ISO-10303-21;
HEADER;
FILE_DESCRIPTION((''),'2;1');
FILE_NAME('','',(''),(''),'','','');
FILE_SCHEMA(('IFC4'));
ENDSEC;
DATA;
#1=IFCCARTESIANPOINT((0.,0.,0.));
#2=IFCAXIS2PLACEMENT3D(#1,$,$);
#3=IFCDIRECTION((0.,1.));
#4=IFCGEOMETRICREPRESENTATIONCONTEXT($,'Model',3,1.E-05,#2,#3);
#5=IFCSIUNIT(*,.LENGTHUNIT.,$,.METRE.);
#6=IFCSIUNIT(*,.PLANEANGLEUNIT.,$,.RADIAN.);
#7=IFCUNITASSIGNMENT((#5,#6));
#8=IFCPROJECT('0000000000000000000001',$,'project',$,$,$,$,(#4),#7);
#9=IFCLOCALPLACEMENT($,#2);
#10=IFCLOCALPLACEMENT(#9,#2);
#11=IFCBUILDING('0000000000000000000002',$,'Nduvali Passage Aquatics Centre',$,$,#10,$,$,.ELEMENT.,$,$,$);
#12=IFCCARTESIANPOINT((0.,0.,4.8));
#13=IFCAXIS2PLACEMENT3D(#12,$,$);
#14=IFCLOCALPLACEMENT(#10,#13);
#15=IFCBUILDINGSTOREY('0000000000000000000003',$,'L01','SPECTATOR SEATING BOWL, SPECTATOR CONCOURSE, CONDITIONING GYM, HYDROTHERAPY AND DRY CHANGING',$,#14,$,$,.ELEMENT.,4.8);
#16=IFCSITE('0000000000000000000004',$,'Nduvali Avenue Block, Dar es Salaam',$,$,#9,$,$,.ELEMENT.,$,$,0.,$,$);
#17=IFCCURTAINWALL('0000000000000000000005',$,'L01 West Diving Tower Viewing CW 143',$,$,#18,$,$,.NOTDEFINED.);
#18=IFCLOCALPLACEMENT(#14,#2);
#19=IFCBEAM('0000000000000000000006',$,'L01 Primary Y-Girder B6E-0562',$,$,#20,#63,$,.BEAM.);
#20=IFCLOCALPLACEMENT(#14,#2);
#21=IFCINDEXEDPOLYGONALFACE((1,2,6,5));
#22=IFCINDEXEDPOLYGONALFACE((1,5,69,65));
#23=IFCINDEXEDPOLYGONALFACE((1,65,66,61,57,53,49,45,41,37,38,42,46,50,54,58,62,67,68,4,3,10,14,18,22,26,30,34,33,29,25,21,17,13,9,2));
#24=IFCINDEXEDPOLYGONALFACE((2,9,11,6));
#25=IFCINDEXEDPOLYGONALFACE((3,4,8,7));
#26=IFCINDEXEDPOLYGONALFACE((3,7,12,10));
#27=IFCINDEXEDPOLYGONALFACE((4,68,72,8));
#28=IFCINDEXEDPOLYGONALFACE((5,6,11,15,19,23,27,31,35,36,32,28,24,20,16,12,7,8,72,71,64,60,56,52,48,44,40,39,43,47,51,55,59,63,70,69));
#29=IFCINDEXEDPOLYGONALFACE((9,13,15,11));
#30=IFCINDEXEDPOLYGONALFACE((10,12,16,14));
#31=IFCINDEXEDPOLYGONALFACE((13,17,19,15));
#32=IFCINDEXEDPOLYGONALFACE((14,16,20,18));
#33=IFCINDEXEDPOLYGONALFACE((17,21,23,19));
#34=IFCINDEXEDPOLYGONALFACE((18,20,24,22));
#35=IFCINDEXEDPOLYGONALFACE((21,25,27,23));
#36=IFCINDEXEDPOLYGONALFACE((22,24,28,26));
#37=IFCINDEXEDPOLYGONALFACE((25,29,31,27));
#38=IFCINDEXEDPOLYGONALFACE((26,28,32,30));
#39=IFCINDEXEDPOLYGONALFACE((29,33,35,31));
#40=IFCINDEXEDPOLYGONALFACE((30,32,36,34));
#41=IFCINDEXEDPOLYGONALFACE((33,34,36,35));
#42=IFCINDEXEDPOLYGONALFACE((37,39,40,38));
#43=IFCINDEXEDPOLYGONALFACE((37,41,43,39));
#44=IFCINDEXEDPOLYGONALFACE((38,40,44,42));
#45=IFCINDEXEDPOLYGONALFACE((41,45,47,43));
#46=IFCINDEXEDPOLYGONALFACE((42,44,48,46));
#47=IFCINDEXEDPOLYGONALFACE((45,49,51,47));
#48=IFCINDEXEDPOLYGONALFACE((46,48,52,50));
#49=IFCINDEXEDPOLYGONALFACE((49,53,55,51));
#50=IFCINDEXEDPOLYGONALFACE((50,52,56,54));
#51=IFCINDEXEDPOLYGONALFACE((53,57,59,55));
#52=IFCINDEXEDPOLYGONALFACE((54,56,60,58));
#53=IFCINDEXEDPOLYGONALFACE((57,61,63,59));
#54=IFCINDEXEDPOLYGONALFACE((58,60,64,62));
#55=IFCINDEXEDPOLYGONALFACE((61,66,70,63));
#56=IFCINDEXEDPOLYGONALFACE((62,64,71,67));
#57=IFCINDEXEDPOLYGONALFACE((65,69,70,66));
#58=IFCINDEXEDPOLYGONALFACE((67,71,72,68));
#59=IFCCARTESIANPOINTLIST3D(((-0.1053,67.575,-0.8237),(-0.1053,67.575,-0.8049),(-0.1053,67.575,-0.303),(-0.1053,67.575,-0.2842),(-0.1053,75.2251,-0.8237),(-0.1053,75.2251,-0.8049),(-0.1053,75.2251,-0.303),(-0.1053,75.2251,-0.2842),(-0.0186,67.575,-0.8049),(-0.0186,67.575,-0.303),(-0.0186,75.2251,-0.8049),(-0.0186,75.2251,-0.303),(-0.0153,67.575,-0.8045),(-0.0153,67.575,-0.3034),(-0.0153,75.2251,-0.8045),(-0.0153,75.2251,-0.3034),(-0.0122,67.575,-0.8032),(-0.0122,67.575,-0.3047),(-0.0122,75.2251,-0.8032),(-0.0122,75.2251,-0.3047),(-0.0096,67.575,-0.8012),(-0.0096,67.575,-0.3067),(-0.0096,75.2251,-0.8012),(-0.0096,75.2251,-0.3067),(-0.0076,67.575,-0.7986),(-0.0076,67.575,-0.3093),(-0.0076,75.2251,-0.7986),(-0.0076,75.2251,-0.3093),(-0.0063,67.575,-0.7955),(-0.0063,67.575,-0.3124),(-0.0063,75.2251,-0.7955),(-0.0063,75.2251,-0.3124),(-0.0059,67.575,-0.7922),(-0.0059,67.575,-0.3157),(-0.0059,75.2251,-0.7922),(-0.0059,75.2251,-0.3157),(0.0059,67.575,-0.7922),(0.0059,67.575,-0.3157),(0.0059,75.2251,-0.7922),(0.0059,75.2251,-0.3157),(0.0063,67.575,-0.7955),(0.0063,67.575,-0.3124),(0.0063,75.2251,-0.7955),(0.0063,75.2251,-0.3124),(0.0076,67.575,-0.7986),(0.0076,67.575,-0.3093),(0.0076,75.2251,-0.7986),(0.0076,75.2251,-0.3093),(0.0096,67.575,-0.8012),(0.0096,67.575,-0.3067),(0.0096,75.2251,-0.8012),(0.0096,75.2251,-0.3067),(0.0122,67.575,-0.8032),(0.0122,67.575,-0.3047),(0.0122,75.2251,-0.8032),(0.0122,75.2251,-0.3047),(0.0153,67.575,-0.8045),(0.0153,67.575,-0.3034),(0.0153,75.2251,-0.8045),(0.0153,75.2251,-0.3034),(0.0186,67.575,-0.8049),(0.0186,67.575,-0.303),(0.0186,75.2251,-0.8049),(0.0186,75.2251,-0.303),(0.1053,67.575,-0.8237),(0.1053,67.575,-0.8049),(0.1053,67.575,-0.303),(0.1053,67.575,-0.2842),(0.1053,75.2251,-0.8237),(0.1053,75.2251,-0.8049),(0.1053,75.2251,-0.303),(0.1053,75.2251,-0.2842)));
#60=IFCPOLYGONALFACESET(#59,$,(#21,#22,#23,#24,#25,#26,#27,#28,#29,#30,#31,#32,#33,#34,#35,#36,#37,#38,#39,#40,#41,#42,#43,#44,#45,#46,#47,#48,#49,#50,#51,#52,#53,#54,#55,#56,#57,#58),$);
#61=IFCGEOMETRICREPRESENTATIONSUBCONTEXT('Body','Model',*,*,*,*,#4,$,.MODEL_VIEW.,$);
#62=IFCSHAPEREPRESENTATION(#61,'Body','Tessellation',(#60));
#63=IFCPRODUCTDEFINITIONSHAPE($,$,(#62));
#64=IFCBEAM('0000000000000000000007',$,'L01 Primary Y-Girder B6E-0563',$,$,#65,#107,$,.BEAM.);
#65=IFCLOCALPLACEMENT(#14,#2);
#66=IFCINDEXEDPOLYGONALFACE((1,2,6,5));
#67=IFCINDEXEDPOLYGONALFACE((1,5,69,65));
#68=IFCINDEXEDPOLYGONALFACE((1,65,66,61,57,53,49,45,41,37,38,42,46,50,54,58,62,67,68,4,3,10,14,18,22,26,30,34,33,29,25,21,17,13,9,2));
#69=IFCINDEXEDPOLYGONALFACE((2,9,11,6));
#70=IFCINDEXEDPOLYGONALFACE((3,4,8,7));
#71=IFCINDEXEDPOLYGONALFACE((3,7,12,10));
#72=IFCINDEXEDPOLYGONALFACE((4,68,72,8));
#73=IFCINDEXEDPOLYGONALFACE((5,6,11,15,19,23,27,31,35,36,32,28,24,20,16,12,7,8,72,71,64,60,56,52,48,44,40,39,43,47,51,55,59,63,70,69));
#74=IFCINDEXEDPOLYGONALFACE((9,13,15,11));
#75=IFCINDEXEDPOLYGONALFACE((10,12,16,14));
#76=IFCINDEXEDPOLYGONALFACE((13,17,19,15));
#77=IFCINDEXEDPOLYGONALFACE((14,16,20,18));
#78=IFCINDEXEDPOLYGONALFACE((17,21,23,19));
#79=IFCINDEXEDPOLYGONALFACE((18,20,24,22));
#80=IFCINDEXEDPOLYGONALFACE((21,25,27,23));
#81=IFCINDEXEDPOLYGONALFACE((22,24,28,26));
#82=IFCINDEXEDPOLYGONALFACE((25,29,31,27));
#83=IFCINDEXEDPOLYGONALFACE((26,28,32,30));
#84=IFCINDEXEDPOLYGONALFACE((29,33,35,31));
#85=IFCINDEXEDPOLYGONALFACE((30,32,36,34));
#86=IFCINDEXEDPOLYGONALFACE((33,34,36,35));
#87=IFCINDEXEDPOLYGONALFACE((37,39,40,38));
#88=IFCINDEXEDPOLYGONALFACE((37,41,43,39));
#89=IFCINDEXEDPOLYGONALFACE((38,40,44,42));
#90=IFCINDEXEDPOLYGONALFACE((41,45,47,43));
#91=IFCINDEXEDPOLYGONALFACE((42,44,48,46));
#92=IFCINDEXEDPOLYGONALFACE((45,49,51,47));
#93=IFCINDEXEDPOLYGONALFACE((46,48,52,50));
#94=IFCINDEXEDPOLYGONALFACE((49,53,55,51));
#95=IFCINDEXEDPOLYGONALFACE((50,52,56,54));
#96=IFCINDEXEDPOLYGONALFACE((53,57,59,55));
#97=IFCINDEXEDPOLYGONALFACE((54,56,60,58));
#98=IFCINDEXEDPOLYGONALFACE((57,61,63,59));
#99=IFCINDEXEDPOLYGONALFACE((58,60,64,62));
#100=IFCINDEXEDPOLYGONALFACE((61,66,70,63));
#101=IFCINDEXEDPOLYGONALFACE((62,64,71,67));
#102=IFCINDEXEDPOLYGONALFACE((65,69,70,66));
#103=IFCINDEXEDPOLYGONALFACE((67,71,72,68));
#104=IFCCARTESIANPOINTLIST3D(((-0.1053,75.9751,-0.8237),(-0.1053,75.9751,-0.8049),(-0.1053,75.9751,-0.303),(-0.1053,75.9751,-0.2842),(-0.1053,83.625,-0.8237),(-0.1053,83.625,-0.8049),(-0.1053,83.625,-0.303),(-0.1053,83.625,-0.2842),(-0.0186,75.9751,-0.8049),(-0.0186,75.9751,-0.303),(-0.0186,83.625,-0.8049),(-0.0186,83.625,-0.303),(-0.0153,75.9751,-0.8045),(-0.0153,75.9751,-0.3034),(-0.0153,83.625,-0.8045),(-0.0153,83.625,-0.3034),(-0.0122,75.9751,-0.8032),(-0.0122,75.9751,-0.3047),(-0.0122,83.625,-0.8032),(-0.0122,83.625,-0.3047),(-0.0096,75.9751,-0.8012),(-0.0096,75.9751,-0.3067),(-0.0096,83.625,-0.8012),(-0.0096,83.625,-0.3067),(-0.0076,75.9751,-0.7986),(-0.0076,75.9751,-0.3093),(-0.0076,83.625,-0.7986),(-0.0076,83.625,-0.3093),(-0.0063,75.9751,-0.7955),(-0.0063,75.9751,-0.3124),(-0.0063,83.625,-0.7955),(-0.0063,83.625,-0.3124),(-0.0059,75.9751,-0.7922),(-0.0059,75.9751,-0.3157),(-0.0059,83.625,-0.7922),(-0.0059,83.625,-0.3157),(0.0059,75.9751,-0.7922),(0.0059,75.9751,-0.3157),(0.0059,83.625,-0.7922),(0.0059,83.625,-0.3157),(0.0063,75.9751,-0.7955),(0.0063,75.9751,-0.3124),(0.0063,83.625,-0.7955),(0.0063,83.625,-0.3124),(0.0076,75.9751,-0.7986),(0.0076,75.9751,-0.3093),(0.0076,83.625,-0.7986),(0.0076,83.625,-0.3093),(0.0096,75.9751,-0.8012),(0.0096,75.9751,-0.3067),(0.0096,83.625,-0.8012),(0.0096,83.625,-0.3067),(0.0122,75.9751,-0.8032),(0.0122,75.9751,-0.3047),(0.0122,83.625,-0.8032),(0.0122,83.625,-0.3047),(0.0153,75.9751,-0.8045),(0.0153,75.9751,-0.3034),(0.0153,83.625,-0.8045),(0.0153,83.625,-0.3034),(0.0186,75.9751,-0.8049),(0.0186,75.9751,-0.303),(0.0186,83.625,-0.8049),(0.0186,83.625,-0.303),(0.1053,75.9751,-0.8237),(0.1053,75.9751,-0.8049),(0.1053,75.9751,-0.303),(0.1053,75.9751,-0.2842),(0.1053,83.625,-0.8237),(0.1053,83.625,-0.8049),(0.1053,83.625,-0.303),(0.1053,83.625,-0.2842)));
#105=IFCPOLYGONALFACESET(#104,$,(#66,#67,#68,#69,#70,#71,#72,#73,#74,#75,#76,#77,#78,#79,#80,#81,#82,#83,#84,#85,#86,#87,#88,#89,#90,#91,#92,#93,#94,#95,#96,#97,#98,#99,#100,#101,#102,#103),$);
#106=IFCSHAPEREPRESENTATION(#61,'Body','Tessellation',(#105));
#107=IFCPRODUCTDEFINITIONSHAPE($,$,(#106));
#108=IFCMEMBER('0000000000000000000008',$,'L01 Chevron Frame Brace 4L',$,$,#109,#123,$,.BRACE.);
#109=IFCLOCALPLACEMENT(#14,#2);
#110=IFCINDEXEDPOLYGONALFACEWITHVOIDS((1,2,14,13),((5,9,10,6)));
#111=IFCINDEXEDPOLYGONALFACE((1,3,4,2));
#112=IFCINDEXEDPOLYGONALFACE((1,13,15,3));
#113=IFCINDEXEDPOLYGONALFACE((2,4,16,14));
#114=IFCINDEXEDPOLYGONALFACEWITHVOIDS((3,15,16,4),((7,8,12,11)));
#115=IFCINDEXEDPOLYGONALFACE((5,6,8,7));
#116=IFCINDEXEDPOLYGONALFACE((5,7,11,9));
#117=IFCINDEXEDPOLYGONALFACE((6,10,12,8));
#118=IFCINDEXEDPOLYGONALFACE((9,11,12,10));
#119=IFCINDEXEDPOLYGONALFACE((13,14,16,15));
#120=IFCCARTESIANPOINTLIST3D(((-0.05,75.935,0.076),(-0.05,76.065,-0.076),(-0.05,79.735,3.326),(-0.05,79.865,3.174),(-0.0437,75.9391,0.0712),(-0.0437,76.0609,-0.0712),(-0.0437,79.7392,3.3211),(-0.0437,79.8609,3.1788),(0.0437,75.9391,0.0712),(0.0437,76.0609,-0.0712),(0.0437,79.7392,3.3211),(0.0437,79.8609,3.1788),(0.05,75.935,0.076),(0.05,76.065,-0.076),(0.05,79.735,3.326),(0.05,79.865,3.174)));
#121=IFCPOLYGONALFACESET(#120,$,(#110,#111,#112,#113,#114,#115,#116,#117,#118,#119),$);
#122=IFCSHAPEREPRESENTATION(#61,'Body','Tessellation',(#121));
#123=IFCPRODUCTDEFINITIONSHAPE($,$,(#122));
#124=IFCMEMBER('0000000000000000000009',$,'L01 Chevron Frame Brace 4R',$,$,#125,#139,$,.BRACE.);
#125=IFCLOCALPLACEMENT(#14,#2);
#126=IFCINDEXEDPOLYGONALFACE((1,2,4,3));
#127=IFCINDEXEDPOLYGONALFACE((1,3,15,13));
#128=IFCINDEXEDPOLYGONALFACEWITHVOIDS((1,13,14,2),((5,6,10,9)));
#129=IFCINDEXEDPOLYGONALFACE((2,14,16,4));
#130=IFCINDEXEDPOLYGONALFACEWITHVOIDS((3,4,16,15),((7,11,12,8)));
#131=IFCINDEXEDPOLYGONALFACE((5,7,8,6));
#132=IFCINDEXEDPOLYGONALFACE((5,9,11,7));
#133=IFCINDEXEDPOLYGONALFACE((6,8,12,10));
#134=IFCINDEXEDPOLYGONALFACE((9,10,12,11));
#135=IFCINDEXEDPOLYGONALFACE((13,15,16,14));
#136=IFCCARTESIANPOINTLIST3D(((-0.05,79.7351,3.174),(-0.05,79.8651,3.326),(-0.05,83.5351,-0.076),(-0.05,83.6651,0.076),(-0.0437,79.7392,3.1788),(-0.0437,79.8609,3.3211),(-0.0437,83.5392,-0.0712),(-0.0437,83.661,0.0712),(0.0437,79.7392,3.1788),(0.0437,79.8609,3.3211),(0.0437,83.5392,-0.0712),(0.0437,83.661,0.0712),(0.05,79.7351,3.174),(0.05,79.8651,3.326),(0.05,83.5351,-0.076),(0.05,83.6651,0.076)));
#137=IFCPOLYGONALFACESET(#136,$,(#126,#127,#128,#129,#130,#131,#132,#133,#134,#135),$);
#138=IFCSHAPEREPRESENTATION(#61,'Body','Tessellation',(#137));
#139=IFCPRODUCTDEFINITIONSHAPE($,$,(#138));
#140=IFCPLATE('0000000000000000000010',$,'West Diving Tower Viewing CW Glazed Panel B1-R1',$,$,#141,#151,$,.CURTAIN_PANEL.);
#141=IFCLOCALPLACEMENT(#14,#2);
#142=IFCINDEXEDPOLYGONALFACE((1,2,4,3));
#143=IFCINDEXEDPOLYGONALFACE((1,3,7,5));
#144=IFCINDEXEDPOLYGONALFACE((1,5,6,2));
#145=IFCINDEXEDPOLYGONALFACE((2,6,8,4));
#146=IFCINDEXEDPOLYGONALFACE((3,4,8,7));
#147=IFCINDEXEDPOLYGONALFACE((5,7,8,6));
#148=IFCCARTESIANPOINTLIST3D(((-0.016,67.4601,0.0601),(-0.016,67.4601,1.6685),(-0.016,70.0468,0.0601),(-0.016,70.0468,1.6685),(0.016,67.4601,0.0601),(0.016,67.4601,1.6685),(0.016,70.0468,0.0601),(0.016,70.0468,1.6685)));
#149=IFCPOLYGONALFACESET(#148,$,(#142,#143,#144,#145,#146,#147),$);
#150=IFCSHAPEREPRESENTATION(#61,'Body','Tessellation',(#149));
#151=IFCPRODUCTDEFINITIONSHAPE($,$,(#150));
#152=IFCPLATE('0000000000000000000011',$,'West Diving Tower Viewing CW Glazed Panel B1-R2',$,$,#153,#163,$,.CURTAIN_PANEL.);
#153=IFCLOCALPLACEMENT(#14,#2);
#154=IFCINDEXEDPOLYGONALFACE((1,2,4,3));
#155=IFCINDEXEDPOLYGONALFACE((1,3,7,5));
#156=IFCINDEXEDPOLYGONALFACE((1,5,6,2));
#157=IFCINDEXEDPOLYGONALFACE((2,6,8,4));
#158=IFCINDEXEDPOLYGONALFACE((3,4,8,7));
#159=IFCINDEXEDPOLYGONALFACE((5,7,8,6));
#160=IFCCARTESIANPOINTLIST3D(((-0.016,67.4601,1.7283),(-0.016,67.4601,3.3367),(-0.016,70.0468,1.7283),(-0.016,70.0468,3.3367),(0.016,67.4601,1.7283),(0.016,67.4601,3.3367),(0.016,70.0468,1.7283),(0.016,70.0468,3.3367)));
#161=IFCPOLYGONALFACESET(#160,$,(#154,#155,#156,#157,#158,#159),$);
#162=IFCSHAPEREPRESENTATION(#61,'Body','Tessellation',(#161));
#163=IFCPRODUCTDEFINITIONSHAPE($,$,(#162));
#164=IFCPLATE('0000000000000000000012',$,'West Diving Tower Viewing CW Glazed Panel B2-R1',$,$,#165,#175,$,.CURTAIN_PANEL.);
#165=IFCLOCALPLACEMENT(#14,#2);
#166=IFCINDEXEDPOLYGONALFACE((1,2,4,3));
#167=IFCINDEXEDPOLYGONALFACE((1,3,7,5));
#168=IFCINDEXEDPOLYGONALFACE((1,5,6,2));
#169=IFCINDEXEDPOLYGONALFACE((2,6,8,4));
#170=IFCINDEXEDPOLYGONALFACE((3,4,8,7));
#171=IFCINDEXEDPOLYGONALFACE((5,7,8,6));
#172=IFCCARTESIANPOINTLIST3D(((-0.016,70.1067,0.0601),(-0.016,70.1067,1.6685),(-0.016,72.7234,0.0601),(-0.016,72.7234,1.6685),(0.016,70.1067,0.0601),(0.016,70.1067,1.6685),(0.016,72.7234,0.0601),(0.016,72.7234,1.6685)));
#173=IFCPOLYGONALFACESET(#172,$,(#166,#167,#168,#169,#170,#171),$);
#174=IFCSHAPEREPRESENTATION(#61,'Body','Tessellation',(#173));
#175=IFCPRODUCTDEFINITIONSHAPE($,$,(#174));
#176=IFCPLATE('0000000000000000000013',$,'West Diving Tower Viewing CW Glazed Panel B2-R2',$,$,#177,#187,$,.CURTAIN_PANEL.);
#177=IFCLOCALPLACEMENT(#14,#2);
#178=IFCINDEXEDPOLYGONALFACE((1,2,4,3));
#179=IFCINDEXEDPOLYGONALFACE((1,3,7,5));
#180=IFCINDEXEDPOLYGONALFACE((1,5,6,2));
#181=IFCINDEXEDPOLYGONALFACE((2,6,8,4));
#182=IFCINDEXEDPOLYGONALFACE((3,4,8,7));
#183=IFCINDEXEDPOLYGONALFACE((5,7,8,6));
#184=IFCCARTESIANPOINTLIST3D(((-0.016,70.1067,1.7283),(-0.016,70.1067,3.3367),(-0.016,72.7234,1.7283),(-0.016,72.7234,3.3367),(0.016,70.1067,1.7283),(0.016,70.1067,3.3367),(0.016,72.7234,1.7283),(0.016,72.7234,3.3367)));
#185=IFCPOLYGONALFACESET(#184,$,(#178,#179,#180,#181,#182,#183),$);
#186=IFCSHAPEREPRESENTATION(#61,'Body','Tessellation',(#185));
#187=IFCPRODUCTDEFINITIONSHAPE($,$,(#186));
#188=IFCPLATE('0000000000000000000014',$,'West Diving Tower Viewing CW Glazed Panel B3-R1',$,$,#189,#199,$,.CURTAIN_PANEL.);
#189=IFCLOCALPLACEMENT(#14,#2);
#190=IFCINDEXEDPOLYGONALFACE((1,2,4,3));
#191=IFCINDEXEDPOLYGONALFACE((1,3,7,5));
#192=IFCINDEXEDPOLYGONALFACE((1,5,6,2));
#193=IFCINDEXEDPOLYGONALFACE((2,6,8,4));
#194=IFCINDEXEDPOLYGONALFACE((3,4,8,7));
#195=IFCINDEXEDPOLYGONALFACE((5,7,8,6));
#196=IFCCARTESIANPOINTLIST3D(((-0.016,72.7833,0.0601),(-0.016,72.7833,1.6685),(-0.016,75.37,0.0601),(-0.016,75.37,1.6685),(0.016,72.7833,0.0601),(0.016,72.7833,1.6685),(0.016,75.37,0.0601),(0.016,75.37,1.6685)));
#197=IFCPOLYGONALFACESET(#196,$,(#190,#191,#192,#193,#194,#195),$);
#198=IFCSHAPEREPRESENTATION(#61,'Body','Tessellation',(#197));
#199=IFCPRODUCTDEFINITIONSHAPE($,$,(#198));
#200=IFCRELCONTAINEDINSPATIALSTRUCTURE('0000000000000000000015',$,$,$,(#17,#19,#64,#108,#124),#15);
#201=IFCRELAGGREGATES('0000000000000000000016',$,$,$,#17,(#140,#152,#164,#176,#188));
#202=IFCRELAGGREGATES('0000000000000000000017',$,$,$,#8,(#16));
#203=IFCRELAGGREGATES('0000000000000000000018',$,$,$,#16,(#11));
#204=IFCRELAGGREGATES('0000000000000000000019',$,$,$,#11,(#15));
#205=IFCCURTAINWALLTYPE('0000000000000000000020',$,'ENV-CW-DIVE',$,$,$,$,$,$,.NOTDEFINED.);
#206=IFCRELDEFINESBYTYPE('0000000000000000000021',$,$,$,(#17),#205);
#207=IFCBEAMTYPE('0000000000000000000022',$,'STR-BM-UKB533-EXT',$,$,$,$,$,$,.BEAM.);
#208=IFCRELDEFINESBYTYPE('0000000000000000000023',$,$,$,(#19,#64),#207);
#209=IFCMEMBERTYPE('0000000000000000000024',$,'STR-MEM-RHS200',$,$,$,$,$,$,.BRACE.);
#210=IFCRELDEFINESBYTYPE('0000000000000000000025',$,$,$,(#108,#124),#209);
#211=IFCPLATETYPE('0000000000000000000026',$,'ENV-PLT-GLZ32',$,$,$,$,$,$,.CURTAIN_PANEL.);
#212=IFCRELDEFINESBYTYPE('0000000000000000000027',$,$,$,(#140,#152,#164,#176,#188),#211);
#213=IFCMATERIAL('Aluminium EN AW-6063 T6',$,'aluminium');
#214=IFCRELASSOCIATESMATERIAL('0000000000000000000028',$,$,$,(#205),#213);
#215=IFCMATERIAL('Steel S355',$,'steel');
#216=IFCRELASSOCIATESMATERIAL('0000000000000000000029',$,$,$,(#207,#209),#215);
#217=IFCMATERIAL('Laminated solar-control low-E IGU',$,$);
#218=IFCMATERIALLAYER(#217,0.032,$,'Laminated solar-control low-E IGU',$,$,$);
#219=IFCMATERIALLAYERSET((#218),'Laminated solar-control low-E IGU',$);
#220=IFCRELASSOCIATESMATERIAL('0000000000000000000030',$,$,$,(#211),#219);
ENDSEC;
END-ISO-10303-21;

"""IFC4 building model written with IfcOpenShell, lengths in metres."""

from ifc_helpers import new_model, si_unit, direction, frame, origin, origin_2d, place, context, subcontext, project, spatial, rectangle, hollow_rectangle, i_section, extrude, material, layer, layer_set, material_profile, profile_set, type_object, element, aggregate, save


model = new_model("IFC4")

# Units and contexts
model_context = context("Model", 3, precision=1e-05, world=origin(), true_north=direction((0.0, 1.0)))
body_context = subcontext(model_context, "Body", "Model", "MODEL_VIEW")
ifc_project = project(units=[si_unit("LENGTHUNIT", "METRE"), si_unit("PLANEANGLEUNIT", "RADIAN")], contexts=[model_context])

# Site, building, storey
site_placement = place(None, origin())
site = spatial("IfcSite", under=ifc_project, at=site_placement, Name="Nduvali Avenue Block, Dar es Salaam", CompositionType="ELEMENT", RefElevation=0.0)
building_placement = place(site_placement, origin())
building = spatial("IfcBuilding", under=site, at=building_placement, Name="Nduvali Passage Aquatics Centre", CompositionType="ELEMENT")
storey_placement = place(building_placement, frame((0.0, 0.0, 4.8)))
storey = spatial("IfcBuildingStorey", under=building, at=storey_placement, Name="L01", Description="SPECTATOR SEATING BOWL, SPECTATOR CONCOURSE, CONDITIONING GYM, HYDROTHERAPY AND DRY CHANGING", CompositionType="ELEMENT", Elevation=4.8)

# Shared definitions
ifc_material_1 = material(Name="Steel S355", Category="steel")

# Shared definitions
ifc_material_2 = material(Name="Aluminium EN AW-6063 T6", Category="aluminium")
curtain_wall_type = type_object("IfcCurtainWallType", Name="ENV-CW-DIVE", PredefinedType="NOTDEFINED", material=ifc_material_2)

# Curtain wall
curtain_wall_1_placement = place(storey_placement, origin())
curtain_wall_1 = element("IfcCurtainWall", 1, at=curtain_wall_1_placement, inside=storey, type_object=curtain_wall_type, Name="L01 West Diving Tower Viewing CW 143", PredefinedType="NOTDEFINED")

# Beams
ifc_material_profile_1 = material_profile(ifc_material_1, i_section(OverallWidth=0.2107, OverallDepth=0.5396, WebThickness=0.0117, FlangeThickness=0.0188, FilletRadius=0.0127, at=origin_2d()), Name="UKB 533x210x109")
ifc_profile_set_1 = profile_set([ifc_material_profile_1], Name="Steel S355")
beam_type_1 = type_object("IfcBeamType", Name="STR-BM-UKB533-EXT", PredefinedType="BEAM", material=ifc_profile_set_1)
beam_1_placement = place(storey_placement, frame((0.0, 67.575, -0.554), z_axis=(0.0, 1.0, 0.0), x_axis=(-1.0, 0.0, 0.0)))
element("IfcBeam", 2, at=beam_1_placement, inside=storey, type_object=beam_type_1, Name="L01 Primary Y-Girder B6E-0562", PredefinedType="BEAM", context=body_context, shape_type="SweptSolid", body=[
    extrude(i_section(OverallWidth=0.2107, OverallDepth=0.5396, WebThickness=0.0117, FlangeThickness=0.0188, FilletRadius=0.0127, at=origin_2d()), origin(), (0.0, 0.0, 1.0), 7.6501),
])
beam_2_placement = place(storey_placement, frame((0.0, 75.9751, -0.554), z_axis=(0.0, 1.0, 0.0), x_axis=(-1.0, 0.0, 0.0)))
element("IfcBeam", 3, at=beam_2_placement, inside=storey, type_object=beam_type_1, Name="L01 Primary Y-Girder B6E-0563", PredefinedType="BEAM", context=body_context, shape_type="SweptSolid", body=[
    extrude(i_section(OverallWidth=0.2107, OverallDepth=0.5396, WebThickness=0.0117, FlangeThickness=0.0188, FilletRadius=0.0127, at=origin_2d()), origin(), (0.0, 0.0, 1.0), 7.6499),
])

# Members
ifc_material_profile_2 = material_profile(ifc_material_1, hollow_rectangle(XDim=0.1001, YDim=0.2, WallThickness=0.0063, at=origin_2d()), Name="RHS 200x100x6.3")
ifc_profile_set_2 = profile_set([ifc_material_profile_2], Name="Steel S355")
member_type_1 = type_object("IfcMemberType", Name="STR-MEM-RHS200", PredefinedType="BRACE", material=ifc_profile_set_2)
for number, where, z_axis, x_axis, name in (
    (4, (0.0, 76.0, 0.0), (0.0, 0.759966, 0.649963), (-1.0, 0.0, 0.0), "L01 Chevron Frame Brace 4L"),
    (5, (0.0, 83.6001, 0.0), (0.0, -0.759966, 0.649963), (1.0, 0.0, 0.0), "L01 Chevron Frame Brace 4R"),
):
    element("IfcMember", number, at=place(storey_placement, frame(where, z_axis=z_axis, x_axis=x_axis)), inside=storey, type_object=member_type_1, Name=name, PredefinedType="BRACE", context=body_context, shape_type="SweptSolid", body=[
        extrude(hollow_rectangle(XDim=0.1001, YDim=0.2, WallThickness=0.0063, at=origin_2d()), origin(), (0.0, 0.0, 1.0), 5.0002),
    ])

# Plates
ifc_material_3 = material(Name="Laminated solar-control low-E IGU")
ifc_layer_1 = layer(ifc_material_3, 0.032, Name="Laminated solar-control low-E IGU")
ifc_layer_set_1 = layer_set([ifc_layer_1], Name="Laminated solar-control low-E IGU")
plate_type_1 = type_object("IfcPlateType", Name="ENV-PLT-GLZ32", PredefinedType="CURTAIN_PANEL", material=ifc_layer_set_1)
plate_1_placement = place(storey_placement, frame((0.0, 68.7534, 0.0601), z_axis=(0.0, 0.0, 1.0), x_axis=(0.0, 1.0, 0.0)))
plate_1 = element("IfcPlate", 6, at=plate_1_placement, type_object=plate_type_1, Name="West Diving Tower Viewing CW Glazed Panel B1-R1", PredefinedType="CURTAIN_PANEL", context=body_context, shape_type="SweptSolid", body=[
    extrude(rectangle(XDim=2.5867, YDim=0.032, at=origin_2d()), origin(), (0.0, 0.0, 1.0), 1.6084),
])
plate_2_placement = place(storey_placement, frame((0.0, 68.7534, 1.7283), z_axis=(0.0, 0.0, 1.0), x_axis=(0.0, 1.0, 0.0)))
plate_2 = element("IfcPlate", 7, at=plate_2_placement, type_object=plate_type_1, Name="West Diving Tower Viewing CW Glazed Panel B1-R2", PredefinedType="CURTAIN_PANEL", context=body_context, shape_type="SweptSolid", body=[
    extrude(rectangle(XDim=2.5867, YDim=0.032, at=origin_2d()), origin(), (0.0, 0.0, 1.0), 1.6084),
])
plate_3_placement = place(storey_placement, frame((0.0, 71.415, 0.0601), z_axis=(0.0, 0.0, 1.0), x_axis=(0.0, 1.0, 0.0)))
plate_3 = element("IfcPlate", 8, at=plate_3_placement, type_object=plate_type_1, Name="West Diving Tower Viewing CW Glazed Panel B2-R1", PredefinedType="CURTAIN_PANEL", context=body_context, shape_type="SweptSolid", body=[
    extrude(rectangle(XDim=2.6167, YDim=0.032, at=origin_2d()), origin(), (0.0, 0.0, 1.0), 1.6084),
])
plate_4_placement = place(storey_placement, frame((0.0, 71.415, 1.7283), z_axis=(0.0, 0.0, 1.0), x_axis=(0.0, 1.0, 0.0)))
plate_4 = element("IfcPlate", 9, at=plate_4_placement, type_object=plate_type_1, Name="West Diving Tower Viewing CW Glazed Panel B2-R2", PredefinedType="CURTAIN_PANEL", context=body_context, shape_type="SweptSolid", body=[
    extrude(rectangle(XDim=2.6167, YDim=0.032, at=origin_2d()), origin(), (0.0, 0.0, 1.0), 1.6084),
])
plate_5_placement = place(storey_placement, frame((0.0, 74.0767, 0.0601), z_axis=(0.0, 0.0, 1.0), x_axis=(0.0, 1.0, 0.0)))
plate_5 = element("IfcPlate", 10, at=plate_5_placement, type_object=plate_type_1, Name="West Diving Tower Viewing CW Glazed Panel B3-R1", PredefinedType="CURTAIN_PANEL", context=body_context, shape_type="SweptSolid", body=[
    extrude(rectangle(XDim=2.5867, YDim=0.032, at=origin_2d()), origin(), (0.0, 0.0, 1.0), 1.6084),
])
aggregate(curtain_wall_1, [plate_1, plate_2, plate_3, plate_4, plate_5])

save(model, "model.ifc")
